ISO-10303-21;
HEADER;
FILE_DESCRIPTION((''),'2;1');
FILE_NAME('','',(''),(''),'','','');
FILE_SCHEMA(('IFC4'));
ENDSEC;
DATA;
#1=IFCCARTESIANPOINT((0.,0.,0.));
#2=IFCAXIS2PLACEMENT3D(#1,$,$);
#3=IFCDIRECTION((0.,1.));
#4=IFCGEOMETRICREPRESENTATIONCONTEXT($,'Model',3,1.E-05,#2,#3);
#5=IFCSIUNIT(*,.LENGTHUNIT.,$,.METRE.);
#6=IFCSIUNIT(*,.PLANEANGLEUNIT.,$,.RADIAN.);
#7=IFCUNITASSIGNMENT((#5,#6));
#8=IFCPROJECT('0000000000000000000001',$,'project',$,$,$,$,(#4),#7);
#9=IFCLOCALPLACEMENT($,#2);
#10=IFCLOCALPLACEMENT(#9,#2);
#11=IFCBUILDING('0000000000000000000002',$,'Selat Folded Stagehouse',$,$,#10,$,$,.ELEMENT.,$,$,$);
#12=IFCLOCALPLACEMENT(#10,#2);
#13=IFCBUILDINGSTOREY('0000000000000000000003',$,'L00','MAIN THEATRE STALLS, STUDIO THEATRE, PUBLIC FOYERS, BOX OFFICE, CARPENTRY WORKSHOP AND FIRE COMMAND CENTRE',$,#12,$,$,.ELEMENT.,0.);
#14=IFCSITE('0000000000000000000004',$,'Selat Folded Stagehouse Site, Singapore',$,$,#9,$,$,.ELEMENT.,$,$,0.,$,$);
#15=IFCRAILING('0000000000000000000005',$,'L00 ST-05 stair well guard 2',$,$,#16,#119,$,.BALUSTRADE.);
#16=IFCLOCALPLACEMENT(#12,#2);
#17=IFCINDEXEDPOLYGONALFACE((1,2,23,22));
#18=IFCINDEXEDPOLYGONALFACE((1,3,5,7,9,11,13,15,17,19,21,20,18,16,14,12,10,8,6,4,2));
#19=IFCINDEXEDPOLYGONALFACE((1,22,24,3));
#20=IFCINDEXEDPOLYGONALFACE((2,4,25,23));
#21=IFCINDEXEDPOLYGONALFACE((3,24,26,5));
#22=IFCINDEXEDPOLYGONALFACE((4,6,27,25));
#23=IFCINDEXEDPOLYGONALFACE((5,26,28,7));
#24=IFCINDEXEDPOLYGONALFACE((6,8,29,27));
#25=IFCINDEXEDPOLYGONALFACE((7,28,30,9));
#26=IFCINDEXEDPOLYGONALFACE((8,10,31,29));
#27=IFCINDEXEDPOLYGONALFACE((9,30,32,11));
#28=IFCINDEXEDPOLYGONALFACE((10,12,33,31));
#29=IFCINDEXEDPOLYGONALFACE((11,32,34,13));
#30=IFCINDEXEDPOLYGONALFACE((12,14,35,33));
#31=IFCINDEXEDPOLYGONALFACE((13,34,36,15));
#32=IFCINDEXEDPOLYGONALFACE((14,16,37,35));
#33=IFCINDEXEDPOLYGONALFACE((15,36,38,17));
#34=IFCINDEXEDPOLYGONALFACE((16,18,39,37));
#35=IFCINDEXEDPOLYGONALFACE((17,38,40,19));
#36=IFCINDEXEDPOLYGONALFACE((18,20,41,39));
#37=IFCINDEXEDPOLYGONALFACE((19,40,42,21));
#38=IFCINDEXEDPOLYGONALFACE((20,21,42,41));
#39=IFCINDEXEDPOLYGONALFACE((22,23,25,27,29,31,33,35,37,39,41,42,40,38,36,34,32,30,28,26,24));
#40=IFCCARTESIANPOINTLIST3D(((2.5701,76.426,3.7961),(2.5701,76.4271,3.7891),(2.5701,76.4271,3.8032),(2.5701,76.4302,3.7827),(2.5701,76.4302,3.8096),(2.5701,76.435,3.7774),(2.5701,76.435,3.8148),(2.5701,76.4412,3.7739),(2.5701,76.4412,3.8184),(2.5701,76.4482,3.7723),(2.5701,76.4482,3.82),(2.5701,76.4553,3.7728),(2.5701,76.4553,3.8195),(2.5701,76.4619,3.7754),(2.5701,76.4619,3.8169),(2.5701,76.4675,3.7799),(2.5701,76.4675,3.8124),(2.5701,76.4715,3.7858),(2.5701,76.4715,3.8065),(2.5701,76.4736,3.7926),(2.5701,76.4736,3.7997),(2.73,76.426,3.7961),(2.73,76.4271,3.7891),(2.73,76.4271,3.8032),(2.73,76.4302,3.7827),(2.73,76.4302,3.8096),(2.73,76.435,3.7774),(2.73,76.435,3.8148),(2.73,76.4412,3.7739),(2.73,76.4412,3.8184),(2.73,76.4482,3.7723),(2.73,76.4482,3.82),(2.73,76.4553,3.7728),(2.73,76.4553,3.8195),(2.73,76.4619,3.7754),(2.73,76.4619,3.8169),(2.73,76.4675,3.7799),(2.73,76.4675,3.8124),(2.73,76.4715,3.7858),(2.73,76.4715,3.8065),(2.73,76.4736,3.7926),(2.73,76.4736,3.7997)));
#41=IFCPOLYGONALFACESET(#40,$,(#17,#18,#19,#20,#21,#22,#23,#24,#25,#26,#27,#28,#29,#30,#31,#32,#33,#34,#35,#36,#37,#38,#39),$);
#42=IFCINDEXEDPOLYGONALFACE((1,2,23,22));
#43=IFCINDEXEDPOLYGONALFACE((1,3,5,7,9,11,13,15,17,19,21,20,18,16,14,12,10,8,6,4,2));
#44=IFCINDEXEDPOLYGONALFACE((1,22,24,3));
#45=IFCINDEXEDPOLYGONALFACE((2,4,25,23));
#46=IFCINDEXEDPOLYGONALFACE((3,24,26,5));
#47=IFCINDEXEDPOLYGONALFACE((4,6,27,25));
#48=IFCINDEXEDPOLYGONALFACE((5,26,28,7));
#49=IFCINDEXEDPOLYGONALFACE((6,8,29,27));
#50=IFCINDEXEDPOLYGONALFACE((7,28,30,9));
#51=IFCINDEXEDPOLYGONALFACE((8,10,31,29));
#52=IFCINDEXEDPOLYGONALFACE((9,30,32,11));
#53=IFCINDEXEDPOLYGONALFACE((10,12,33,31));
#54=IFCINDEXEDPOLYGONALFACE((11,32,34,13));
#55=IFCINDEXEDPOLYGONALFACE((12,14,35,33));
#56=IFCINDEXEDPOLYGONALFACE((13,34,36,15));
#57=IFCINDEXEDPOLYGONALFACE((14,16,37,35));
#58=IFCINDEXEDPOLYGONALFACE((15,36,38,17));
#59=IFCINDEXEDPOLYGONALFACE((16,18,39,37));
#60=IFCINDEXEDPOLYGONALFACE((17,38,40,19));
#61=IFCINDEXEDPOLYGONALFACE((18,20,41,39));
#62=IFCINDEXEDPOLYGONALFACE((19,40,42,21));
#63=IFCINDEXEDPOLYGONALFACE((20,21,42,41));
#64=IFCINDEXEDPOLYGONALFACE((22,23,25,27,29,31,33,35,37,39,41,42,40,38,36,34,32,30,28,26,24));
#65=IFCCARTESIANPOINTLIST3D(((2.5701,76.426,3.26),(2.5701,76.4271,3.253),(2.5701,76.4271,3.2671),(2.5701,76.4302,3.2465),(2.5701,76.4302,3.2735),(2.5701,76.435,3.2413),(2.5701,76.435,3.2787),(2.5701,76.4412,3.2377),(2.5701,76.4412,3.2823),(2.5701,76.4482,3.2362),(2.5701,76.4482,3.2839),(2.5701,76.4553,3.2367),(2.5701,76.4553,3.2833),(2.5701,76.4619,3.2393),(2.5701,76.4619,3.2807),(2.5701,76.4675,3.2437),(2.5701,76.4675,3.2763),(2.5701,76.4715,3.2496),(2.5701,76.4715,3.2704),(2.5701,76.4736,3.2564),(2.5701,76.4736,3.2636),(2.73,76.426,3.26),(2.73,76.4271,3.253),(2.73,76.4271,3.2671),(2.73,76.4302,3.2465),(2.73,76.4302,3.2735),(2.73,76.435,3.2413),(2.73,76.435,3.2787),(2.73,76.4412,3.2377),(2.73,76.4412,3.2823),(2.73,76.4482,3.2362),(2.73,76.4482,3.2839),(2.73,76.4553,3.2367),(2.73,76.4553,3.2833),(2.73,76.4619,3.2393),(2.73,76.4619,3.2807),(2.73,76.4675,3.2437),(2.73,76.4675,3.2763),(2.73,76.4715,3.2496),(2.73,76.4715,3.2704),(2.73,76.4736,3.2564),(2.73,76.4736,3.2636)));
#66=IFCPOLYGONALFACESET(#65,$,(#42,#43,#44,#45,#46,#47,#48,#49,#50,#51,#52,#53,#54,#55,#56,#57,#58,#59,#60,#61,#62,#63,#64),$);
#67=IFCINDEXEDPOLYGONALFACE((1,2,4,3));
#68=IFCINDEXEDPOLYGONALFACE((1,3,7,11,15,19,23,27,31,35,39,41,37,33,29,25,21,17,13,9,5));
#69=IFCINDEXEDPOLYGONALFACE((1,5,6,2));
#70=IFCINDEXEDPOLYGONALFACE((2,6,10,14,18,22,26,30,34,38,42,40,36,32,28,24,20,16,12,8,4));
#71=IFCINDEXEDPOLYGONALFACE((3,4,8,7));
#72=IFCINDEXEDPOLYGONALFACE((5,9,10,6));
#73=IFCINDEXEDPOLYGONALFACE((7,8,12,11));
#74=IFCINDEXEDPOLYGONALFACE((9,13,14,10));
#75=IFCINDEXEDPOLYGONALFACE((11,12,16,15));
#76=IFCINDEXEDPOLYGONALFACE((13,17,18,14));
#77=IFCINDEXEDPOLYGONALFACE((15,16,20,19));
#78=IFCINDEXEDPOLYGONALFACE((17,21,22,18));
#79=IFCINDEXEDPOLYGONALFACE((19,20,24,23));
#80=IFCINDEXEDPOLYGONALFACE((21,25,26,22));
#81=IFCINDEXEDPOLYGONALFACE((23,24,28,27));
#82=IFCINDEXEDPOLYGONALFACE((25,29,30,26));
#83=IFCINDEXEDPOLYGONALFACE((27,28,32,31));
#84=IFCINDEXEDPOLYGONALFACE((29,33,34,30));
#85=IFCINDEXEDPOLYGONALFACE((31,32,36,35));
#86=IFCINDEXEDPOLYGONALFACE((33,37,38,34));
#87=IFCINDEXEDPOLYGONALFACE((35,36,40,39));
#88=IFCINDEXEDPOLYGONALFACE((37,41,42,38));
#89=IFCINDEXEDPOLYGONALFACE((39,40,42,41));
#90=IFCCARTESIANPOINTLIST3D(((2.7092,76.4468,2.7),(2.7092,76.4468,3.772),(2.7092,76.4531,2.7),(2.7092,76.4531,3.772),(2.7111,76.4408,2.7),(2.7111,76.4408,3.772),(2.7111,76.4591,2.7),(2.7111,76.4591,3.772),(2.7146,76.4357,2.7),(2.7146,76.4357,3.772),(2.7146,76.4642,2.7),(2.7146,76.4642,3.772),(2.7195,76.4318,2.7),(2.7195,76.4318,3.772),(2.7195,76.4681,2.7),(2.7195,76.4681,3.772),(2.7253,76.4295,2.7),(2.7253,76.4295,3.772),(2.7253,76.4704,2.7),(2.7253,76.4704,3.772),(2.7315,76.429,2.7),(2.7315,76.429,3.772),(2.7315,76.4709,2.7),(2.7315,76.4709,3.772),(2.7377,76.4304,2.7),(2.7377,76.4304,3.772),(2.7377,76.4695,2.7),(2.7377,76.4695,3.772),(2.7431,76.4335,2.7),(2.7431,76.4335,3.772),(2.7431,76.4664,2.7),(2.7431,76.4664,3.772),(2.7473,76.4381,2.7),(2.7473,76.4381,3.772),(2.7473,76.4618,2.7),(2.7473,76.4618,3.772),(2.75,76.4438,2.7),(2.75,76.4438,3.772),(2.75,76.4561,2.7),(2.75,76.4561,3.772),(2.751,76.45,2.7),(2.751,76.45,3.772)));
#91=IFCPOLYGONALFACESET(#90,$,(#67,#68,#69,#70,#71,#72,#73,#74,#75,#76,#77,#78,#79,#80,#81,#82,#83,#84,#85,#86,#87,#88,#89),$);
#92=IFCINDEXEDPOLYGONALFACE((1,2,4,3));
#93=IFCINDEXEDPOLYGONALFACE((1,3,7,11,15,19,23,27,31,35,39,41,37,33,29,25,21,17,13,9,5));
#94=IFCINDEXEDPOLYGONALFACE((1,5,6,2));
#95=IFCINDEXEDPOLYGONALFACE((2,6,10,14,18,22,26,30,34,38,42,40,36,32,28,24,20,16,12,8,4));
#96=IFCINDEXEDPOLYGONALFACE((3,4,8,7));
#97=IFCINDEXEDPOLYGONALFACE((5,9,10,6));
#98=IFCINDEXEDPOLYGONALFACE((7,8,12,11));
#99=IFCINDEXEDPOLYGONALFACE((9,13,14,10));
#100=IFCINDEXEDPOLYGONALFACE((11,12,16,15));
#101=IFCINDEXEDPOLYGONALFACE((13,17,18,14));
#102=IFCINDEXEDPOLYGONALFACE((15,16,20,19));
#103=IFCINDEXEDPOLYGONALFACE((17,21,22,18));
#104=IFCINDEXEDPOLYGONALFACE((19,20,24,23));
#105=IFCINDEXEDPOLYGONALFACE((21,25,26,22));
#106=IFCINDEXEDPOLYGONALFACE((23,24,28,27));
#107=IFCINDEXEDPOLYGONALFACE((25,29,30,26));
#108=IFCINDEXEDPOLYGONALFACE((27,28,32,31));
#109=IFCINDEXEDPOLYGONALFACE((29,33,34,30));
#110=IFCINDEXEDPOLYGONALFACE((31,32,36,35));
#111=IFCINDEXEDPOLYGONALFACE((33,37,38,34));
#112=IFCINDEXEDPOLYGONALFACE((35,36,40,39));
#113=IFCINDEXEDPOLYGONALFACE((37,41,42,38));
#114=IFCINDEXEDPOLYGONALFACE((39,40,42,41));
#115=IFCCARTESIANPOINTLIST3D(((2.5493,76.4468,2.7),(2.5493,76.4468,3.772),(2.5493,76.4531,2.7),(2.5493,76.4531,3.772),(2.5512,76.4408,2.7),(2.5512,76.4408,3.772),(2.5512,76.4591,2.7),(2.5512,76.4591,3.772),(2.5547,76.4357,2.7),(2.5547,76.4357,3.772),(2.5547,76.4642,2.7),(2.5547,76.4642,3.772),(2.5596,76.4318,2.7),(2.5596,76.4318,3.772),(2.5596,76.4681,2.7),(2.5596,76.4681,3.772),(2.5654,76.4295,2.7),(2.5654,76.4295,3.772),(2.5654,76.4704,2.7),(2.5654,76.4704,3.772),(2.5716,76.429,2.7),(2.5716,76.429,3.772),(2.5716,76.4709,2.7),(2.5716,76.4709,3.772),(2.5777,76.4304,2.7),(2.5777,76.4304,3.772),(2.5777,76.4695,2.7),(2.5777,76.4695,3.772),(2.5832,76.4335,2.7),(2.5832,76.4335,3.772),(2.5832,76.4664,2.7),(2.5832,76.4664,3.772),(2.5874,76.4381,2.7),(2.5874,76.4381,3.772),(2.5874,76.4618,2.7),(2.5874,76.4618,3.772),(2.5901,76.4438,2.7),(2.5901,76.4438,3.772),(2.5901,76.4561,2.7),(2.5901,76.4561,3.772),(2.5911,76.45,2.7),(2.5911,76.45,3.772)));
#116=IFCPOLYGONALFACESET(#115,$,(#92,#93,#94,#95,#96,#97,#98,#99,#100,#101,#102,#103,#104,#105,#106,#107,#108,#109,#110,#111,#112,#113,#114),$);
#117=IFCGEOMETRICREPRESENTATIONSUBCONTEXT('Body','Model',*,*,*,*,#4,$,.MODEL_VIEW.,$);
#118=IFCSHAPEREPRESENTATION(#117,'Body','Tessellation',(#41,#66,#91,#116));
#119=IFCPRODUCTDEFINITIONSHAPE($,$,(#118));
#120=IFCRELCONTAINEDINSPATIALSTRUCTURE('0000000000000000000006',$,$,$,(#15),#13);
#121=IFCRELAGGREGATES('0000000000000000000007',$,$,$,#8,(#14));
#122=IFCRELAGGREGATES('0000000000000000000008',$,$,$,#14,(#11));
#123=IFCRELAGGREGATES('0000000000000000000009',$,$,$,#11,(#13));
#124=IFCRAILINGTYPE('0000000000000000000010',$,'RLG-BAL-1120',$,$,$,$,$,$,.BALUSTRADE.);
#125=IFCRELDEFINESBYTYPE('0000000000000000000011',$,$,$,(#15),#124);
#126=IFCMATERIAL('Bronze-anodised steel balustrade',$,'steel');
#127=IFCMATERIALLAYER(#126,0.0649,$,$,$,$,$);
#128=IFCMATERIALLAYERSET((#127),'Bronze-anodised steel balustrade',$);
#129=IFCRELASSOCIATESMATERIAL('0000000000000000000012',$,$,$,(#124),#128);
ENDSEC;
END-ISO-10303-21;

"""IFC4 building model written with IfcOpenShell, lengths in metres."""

from ifc_helpers import new_model, si_unit, direction, frame, origin, origin_2d, place, context, subcontext, project, spatial, circle, extrude, material, layer, layer_set, type_object, element, save


model = new_model("IFC4")

# Units and contexts
model_context = context("Model", 3, precision=1e-05, world=origin(), true_north=direction((0.0, 1.0)))
body_context = subcontext(model_context, "Body", "Model", "MODEL_VIEW")
ifc_project = project(units=[si_unit("LENGTHUNIT", "METRE"), si_unit("PLANEANGLEUNIT", "RADIAN")], contexts=[model_context])

# Site, building, storey
site_placement = place(None, origin())
site = spatial("IfcSite", under=ifc_project, at=site_placement, Name="Selat Folded Stagehouse Site, Singapore", CompositionType="ELEMENT", RefElevation=0.0)
building_placement = place(site_placement, origin())
building = spatial("IfcBuilding", under=site, at=building_placement, Name="Selat Folded Stagehouse", CompositionType="ELEMENT")
storey_placement = place(building_placement, origin())
storey = spatial("IfcBuildingStorey", under=building, at=storey_placement, Name="L00", Description="MAIN THEATRE STALLS, STUDIO THEATRE, PUBLIC FOYERS, BOX OFFICE, CARPENTRY WORKSHOP AND FIRE COMMAND CENTRE", CompositionType="ELEMENT", Elevation=0.0)

# Railing
ifc_material_1 = material(Name="Bronze-anodised steel balustrade", Category="steel")
ifc_layer_1 = layer(ifc_material_1, 0.0649)
ifc_layer_set_1 = layer_set([ifc_layer_1], Name="Bronze-anodised steel balustrade")
railing_type_1 = type_object("IfcRailingType", Name="RLG-BAL-1120", PredefinedType="BALUSTRADE", material=ifc_layer_set_1)
railing_1_placement = place(storey_placement, frame((2.73, 76.45, 2.7)))
element("IfcRailing", 1, at=railing_1_placement, inside=storey, type_object=railing_type_1, Name="L00 ST-05 stair well guard 2", PredefinedType="BALUSTRADE", context=body_context, shape_type="SweptSolid", body=[
    extrude(circle(Radius=0.0239, at=origin_2d()), frame((0.0, 0.0, 1.0962), z_axis=(-1.0, 0.0, 0.0), x_axis=(0.0, -1.0, 0.0)), (0.0, 0.0, 1.0), 0.1599),
    extrude(circle(Radius=0.0239, at=origin_2d()), frame((0.0, 0.0, 0.5601), z_axis=(-1.0, 0.0, 0.0), x_axis=(0.0, -1.0, 0.0)), (0.0, 0.0, 1.0), 0.1599),
    extrude(circle(Radius=0.021, at=origin_2d()), origin(), (0.0, 0.0, 1.0), 1.072),
    extrude(circle(Radius=0.021, at=origin_2d()), frame((-0.1599, 0.0, 0.0)), (0.0, 0.0, 1.0), 1.072),
])

save(model, "model.ifc")
